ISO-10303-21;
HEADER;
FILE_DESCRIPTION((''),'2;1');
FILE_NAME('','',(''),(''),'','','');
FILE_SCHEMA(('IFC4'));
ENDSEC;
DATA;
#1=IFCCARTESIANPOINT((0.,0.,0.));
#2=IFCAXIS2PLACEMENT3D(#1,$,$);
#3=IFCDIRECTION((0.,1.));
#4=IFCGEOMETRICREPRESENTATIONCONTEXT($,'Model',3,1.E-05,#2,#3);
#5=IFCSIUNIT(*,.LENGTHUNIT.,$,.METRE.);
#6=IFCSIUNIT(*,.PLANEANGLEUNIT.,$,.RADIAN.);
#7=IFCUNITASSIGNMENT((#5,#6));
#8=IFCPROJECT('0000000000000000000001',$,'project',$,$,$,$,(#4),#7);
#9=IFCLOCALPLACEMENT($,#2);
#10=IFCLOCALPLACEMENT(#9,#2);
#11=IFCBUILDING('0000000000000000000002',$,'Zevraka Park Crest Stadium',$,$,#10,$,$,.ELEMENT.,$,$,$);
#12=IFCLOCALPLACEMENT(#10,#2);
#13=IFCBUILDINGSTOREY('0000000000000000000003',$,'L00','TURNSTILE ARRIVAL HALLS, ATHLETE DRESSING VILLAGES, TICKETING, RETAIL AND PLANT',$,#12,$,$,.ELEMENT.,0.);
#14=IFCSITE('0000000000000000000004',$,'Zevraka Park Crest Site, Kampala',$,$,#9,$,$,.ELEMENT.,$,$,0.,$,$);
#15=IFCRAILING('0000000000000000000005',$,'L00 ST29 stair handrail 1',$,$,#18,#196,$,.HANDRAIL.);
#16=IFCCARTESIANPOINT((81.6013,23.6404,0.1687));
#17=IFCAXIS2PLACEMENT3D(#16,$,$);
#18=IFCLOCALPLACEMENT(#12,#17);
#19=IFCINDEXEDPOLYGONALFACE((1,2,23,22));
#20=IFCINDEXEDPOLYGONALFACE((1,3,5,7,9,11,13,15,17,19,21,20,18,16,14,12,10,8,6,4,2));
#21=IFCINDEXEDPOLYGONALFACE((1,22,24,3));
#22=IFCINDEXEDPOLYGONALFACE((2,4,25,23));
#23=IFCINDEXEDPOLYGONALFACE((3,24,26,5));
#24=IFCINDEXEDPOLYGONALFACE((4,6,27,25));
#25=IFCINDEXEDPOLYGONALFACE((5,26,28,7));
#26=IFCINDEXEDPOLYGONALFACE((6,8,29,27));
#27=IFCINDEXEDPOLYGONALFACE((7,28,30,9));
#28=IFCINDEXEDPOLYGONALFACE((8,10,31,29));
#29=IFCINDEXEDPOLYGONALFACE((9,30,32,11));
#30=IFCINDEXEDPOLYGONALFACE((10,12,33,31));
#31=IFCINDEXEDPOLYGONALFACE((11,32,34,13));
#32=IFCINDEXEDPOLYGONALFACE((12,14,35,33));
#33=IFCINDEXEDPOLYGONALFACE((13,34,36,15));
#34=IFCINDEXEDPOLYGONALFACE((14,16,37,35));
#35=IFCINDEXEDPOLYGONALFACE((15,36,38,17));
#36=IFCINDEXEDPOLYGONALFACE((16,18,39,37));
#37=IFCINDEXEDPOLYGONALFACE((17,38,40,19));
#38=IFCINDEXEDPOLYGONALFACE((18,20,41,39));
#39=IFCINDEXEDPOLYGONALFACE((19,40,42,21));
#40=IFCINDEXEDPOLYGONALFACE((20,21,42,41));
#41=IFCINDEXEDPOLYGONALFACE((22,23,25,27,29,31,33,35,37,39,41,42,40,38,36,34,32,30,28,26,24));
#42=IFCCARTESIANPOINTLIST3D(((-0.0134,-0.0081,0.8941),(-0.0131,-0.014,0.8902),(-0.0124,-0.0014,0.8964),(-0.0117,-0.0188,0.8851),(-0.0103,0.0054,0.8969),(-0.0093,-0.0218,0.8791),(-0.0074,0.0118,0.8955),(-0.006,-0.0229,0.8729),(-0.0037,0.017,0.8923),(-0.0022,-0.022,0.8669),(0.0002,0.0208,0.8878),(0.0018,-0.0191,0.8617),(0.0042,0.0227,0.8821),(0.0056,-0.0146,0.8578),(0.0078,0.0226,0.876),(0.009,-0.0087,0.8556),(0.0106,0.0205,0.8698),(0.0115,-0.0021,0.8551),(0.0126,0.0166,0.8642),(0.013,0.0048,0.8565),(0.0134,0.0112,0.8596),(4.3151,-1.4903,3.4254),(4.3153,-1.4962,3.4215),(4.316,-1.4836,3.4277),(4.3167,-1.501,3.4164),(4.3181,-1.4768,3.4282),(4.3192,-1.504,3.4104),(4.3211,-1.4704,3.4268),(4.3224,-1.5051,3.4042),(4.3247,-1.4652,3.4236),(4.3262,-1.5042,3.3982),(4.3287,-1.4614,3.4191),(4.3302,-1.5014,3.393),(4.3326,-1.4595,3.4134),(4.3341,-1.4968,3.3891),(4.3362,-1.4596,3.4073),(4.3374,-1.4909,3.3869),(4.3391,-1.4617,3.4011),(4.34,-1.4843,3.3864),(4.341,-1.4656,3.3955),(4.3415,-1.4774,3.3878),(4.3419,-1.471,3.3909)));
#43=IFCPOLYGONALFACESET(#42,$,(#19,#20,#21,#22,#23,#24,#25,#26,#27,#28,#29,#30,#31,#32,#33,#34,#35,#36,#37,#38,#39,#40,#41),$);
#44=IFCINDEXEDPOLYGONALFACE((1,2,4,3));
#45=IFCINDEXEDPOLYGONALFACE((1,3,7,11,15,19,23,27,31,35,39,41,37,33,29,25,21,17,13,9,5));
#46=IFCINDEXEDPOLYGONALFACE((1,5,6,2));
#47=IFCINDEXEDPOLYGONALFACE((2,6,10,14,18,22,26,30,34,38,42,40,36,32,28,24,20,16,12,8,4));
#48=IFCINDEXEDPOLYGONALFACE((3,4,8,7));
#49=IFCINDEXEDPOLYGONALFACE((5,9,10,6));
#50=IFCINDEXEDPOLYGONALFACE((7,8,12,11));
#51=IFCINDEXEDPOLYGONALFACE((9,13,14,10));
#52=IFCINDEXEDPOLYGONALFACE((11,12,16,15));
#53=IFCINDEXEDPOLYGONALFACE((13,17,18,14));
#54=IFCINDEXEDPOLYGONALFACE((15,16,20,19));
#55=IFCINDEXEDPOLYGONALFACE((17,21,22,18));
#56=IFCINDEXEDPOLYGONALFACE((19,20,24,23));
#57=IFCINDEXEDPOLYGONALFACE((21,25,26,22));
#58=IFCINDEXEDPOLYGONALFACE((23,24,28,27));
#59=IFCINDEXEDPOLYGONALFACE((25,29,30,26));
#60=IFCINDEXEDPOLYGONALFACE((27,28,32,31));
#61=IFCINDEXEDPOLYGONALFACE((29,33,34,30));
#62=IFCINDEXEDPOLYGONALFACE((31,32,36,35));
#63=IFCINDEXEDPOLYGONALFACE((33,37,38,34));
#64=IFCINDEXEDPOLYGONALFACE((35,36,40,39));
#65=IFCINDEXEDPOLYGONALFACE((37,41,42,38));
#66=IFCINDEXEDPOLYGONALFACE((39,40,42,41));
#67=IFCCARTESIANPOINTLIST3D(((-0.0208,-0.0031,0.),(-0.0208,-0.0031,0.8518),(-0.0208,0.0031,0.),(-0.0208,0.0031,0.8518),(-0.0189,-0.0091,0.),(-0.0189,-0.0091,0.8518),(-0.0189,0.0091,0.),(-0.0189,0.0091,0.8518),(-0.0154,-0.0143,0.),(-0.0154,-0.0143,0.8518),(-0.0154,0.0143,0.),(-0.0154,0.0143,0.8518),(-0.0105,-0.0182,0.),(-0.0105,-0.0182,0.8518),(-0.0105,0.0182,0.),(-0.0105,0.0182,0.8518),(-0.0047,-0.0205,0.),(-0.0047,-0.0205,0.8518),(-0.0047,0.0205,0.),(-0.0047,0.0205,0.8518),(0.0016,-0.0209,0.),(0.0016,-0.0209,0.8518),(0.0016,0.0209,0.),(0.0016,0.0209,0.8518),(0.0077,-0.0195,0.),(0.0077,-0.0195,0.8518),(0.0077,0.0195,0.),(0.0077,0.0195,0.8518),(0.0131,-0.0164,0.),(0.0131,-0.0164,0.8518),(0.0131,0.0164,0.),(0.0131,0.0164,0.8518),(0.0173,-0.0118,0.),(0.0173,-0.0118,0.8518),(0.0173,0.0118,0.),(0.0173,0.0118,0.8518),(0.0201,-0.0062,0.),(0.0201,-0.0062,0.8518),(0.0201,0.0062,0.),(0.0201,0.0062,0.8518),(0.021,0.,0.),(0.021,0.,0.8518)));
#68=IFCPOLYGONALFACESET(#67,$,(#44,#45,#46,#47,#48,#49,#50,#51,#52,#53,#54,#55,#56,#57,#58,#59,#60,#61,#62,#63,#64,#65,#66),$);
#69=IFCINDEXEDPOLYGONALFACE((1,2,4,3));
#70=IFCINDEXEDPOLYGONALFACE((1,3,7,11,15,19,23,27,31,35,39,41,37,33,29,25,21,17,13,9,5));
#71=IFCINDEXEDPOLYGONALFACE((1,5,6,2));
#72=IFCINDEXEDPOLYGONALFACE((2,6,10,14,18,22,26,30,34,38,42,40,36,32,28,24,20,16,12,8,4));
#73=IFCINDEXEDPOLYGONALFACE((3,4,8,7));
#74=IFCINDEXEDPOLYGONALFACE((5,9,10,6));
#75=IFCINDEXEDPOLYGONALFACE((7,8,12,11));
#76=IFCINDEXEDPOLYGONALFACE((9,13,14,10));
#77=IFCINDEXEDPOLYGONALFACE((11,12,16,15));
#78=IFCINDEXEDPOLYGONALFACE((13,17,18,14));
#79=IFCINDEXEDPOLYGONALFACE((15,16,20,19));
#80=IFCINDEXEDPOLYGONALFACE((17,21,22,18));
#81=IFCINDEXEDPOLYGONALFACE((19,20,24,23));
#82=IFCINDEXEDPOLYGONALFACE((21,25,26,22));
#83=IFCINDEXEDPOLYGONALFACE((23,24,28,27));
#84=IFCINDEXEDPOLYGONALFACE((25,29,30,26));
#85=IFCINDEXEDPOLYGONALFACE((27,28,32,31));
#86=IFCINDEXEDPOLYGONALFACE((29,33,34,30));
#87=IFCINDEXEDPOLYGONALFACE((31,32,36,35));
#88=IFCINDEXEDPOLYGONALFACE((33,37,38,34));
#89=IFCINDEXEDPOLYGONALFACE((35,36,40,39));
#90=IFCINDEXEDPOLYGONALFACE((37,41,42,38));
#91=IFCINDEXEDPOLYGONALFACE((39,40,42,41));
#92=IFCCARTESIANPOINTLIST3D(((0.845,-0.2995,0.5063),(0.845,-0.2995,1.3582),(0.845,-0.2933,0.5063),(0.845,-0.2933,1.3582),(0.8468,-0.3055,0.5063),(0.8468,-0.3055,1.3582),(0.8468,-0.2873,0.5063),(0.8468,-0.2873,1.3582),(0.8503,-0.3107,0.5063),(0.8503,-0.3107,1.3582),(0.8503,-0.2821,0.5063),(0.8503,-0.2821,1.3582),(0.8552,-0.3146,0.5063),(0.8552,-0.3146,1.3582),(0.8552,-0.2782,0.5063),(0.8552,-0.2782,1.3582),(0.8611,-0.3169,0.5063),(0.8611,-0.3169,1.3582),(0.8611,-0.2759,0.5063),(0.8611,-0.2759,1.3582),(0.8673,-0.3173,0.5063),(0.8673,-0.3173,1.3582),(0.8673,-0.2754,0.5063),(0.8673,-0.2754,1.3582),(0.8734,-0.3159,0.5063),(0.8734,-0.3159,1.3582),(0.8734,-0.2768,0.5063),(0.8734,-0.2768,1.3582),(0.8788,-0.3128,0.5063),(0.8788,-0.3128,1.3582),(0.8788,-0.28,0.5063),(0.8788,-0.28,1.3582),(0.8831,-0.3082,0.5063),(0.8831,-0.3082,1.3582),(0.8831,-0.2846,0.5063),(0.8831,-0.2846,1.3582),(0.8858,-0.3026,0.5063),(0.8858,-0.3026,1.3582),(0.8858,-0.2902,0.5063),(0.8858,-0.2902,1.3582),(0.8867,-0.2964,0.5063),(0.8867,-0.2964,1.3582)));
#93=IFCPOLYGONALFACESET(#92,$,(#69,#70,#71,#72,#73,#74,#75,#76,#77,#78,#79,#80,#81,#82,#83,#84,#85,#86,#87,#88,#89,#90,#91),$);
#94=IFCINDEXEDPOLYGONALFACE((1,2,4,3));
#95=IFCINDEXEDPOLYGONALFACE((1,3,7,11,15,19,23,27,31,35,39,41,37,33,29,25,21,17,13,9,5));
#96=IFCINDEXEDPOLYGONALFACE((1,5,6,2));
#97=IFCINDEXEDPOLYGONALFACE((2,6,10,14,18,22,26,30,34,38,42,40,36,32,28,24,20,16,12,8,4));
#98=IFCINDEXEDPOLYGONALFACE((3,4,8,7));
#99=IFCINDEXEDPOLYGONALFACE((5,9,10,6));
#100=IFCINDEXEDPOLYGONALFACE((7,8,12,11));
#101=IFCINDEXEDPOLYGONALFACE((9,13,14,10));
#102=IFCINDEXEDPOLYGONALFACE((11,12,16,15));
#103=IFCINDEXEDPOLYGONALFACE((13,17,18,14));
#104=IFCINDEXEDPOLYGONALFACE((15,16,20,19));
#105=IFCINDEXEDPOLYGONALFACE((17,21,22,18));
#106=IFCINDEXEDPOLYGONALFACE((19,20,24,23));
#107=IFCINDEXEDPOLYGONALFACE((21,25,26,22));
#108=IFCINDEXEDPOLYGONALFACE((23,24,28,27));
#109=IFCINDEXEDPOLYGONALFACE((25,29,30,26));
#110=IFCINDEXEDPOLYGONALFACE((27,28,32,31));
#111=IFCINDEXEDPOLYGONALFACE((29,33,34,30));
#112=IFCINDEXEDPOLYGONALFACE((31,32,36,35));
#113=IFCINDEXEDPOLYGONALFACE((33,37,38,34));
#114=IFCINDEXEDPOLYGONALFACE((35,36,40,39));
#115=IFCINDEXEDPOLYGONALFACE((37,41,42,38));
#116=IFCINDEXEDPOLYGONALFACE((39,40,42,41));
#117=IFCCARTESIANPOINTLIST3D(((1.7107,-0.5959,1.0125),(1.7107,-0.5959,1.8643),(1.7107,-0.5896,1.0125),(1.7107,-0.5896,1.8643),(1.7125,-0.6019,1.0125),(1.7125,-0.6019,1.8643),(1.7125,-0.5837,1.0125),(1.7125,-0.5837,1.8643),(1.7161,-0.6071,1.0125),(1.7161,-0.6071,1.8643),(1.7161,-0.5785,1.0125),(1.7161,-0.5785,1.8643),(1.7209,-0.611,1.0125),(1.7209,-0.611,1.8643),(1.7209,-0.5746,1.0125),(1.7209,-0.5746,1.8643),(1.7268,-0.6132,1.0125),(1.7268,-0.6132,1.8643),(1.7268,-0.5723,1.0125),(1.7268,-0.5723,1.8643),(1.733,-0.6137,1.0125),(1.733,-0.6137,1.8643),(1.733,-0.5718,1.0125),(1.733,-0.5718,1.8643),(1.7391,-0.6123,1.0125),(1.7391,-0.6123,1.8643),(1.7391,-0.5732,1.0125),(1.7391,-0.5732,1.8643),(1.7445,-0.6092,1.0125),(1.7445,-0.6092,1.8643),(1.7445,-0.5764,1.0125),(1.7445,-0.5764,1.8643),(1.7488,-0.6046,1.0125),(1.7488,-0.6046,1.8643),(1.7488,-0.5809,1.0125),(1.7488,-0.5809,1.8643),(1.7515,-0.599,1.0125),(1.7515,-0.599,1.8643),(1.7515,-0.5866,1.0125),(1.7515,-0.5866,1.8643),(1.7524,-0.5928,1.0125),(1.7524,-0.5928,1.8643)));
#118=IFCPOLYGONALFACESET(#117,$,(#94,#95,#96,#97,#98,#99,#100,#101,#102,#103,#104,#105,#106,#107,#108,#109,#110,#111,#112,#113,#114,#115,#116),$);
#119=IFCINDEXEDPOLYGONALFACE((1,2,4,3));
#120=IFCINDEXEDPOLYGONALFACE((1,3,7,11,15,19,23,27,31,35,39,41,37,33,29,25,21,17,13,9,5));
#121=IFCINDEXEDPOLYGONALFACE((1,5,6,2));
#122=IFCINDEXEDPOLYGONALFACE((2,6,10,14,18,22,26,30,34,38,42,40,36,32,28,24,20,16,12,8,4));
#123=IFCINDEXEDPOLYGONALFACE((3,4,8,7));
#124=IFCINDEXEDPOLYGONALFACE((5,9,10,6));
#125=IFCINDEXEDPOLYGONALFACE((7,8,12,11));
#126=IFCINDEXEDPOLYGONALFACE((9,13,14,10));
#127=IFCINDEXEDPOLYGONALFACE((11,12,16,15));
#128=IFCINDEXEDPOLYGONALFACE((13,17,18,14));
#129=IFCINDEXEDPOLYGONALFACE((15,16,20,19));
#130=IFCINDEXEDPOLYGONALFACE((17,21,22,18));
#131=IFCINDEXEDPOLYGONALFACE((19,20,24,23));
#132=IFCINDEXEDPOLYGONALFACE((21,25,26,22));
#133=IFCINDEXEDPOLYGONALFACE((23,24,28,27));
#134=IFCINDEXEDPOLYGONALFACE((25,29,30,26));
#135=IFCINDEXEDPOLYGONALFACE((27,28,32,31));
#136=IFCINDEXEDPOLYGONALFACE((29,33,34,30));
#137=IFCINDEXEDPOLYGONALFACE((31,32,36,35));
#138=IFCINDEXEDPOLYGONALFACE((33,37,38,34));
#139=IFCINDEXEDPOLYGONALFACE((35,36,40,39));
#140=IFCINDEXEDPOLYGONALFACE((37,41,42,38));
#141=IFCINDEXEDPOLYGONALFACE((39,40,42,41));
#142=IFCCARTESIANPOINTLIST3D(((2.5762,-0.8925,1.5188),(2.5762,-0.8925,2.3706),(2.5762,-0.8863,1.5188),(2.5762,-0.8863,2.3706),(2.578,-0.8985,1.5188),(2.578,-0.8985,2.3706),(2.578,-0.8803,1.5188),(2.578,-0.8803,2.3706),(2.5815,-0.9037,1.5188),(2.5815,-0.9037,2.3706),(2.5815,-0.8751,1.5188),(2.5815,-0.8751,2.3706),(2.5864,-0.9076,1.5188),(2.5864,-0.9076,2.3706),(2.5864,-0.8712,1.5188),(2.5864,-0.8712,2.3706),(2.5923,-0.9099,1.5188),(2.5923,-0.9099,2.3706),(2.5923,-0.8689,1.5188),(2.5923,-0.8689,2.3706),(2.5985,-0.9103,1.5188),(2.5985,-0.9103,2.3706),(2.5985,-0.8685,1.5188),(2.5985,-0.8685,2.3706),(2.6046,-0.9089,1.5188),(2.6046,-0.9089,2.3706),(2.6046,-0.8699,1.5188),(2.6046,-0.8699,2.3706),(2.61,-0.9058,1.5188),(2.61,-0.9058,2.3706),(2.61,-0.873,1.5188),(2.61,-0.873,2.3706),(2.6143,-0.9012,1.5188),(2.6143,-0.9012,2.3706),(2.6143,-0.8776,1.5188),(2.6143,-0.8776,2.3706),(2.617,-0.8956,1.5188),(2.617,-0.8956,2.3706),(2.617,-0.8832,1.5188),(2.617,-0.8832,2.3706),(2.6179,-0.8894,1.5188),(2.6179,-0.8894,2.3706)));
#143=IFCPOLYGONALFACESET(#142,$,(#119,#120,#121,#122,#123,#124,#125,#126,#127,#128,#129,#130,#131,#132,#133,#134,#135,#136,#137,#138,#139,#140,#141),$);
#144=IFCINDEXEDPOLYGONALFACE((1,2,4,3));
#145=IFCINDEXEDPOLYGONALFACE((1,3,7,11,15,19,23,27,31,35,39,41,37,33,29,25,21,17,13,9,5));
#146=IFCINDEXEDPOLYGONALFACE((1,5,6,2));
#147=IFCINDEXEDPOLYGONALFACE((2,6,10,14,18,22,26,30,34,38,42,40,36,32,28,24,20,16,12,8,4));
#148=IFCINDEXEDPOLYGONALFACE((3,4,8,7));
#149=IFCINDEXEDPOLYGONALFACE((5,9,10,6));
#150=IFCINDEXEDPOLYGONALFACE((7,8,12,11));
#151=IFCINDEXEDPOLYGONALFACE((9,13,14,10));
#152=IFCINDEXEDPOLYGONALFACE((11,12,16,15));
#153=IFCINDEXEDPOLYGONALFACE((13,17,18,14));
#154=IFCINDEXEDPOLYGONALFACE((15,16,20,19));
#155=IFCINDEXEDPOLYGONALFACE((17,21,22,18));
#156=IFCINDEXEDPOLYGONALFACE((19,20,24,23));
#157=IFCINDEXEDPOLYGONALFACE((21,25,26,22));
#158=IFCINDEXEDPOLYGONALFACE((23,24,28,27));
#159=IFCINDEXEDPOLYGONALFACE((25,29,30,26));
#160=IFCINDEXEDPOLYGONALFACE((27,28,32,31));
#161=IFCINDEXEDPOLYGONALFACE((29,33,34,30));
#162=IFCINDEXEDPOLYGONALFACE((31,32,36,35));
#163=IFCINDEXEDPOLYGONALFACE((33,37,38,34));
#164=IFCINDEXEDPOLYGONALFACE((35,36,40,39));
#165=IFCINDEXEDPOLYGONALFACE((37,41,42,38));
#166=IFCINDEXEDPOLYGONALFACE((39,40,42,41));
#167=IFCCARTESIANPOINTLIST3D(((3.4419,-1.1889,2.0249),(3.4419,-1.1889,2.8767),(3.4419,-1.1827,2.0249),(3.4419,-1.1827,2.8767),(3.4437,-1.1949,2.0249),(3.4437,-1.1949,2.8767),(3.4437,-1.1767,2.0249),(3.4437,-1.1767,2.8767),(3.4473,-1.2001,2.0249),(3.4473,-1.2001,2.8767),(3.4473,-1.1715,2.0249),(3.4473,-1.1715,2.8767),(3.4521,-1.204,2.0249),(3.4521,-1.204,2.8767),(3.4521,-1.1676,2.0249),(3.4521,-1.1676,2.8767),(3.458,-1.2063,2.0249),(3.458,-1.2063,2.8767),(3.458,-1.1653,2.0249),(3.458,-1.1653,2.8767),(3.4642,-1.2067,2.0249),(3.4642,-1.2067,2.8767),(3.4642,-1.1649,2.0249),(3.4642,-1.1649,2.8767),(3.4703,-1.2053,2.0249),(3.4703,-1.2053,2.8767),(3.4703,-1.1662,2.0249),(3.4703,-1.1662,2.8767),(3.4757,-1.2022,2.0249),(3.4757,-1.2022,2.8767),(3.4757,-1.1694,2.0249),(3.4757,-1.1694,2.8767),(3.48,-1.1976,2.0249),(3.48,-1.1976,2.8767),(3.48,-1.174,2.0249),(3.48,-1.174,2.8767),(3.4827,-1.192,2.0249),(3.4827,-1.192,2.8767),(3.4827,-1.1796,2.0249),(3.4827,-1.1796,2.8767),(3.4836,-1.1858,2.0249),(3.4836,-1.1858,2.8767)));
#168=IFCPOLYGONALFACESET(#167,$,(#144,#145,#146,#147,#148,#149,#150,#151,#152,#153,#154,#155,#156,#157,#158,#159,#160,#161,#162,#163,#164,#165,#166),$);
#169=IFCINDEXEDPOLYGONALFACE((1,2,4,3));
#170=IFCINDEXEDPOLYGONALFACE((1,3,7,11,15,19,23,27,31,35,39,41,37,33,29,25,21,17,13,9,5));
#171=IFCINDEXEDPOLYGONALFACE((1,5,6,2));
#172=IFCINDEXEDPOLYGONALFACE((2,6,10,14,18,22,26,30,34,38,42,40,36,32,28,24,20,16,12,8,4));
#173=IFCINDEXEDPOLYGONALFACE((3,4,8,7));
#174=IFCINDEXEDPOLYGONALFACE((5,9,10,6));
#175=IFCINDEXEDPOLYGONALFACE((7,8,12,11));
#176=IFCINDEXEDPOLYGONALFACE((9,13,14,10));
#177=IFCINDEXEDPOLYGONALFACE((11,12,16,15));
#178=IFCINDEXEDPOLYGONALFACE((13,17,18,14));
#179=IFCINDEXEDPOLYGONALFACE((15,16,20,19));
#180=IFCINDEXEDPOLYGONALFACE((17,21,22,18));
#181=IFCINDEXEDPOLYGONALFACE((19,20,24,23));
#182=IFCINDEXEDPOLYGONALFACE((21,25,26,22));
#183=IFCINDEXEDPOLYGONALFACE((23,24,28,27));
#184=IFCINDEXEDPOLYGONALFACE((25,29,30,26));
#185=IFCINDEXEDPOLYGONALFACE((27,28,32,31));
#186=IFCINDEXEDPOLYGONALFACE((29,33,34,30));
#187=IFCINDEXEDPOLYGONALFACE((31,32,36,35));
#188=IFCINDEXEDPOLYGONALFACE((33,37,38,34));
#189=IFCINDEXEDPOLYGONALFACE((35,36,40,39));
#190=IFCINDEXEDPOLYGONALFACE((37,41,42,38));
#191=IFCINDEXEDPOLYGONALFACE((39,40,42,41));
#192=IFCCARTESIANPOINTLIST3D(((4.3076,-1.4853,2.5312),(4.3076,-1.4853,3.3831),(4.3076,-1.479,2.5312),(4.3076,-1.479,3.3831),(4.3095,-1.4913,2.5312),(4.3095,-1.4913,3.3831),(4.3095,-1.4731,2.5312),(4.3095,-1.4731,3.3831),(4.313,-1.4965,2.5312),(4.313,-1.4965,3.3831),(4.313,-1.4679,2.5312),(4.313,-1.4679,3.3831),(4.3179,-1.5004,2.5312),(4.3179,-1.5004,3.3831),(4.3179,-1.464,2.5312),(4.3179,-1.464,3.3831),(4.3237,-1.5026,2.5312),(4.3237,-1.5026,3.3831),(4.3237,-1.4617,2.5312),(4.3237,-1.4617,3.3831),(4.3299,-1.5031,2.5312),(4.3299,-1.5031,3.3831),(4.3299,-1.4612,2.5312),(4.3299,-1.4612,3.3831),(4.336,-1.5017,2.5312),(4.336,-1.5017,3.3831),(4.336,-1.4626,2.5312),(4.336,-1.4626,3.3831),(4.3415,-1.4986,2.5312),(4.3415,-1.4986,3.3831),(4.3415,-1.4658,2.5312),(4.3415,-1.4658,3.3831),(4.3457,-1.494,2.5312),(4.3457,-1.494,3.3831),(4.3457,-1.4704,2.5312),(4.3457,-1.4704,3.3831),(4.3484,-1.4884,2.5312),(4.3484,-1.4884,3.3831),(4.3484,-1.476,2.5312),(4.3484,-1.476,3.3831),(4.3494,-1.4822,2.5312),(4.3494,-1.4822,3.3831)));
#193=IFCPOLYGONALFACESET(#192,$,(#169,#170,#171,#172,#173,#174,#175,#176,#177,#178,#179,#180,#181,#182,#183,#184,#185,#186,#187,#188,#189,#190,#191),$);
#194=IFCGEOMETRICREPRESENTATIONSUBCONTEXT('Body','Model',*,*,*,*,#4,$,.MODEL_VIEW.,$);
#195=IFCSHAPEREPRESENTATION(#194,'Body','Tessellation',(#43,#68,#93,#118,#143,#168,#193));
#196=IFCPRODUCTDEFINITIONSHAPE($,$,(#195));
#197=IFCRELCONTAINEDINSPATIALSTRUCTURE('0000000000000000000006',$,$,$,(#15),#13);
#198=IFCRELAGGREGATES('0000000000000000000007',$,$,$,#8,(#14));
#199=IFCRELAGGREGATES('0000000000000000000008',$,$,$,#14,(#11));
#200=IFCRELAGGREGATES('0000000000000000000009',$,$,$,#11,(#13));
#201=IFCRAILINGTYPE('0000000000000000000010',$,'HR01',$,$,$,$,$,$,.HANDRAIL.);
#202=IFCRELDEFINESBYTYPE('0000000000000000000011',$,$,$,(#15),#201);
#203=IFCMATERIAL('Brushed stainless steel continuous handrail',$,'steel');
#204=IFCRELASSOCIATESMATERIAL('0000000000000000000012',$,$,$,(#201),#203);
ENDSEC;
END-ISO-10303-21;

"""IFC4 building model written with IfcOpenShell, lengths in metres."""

from ifc_helpers import new_model, si_unit, direction, frame, origin, origin_2d, place, context, subcontext, project, spatial, circle, extrude, material, type_object, element, save


model = new_model("IFC4")

# Units and contexts
model_context = context("Model", 3, precision=1e-05, world=origin(), true_north=direction((0.0, 1.0)))
body_context = subcontext(model_context, "Body", "Model", "MODEL_VIEW")
ifc_project = project(units=[si_unit("LENGTHUNIT", "METRE"), si_unit("PLANEANGLEUNIT", "RADIAN")], contexts=[model_context])

# Site, building, storey
site_placement = place(None, origin())
site = spatial("IfcSite", under=ifc_project, at=site_placement, Name="Zevraka Park Crest Site, Kampala", CompositionType="ELEMENT", RefElevation=0.0)
building_placement = place(site_placement, origin())
building = spatial("IfcBuilding", under=site, at=building_placement, Name="Zevraka Park Crest Stadium", CompositionType="ELEMENT")
storey_placement = place(building_placement, origin())
storey = spatial("IfcBuildingStorey", under=building, at=storey_placement, Name="L00", Description="TURNSTILE ARRIVAL HALLS, ATHLETE DRESSING VILLAGES, TICKETING, RETAIL AND PLANT", CompositionType="ELEMENT", Elevation=0.0)

# Railing
ifc_material_1 = material(Name="Brushed stainless steel continuous handrail", Category="steel")
railing_type_1 = type_object("IfcRailingType", Name="HR01", PredefinedType="HANDRAIL", material=ifc_material_1)
railing_1_placement = place(storey_placement, frame((81.6013, 23.6404, 0.1687)))
element("IfcRailing", 1, at=railing_1_placement, inside=storey, type_object=railing_type_1, Name="L00 ST29 stair handrail 1", PredefinedType="HANDRAIL", context=body_context, shape_type="SweptSolid", body=[
    extrude(circle(Radius=0.0239, at=origin_2d()), frame((0.0, 0.0, 0.876), z_axis=(0.827817, -0.283472, 0.484111), x_axis=(0.323965, 0.946069, 0.0)), (0.0, 0.0, 1.0), 5.2288),
    extrude(circle(Radius=0.021, at=origin_2d()), origin(), (0.0, 0.0, 1.0), 0.8518),
    extrude(circle(Radius=0.021, at=origin_2d()), frame((0.8657, -0.2964, 0.5063)), (0.0, 0.0, 1.0), 0.8518),
    extrude(circle(Radius=0.021, at=origin_2d()), frame((1.7314, -0.5928, 1.0125)), (0.0, 0.0, 1.0), 0.8518),
    extrude(circle(Radius=0.021, at=origin_2d()), frame((2.5969, -0.8894, 1.5188)), (0.0, 0.0, 1.0), 0.8518),
    extrude(circle(Radius=0.021, at=origin_2d()), frame((3.4626, -1.1858, 2.0249)), (0.0, 0.0, 1.0), 0.8518),
    extrude(circle(Radius=0.021, at=origin_2d()), frame((4.3284, -1.4822, 2.5312)), (0.0, 0.0, 1.0), 0.8518),
])

save(model, "model.ifc")
